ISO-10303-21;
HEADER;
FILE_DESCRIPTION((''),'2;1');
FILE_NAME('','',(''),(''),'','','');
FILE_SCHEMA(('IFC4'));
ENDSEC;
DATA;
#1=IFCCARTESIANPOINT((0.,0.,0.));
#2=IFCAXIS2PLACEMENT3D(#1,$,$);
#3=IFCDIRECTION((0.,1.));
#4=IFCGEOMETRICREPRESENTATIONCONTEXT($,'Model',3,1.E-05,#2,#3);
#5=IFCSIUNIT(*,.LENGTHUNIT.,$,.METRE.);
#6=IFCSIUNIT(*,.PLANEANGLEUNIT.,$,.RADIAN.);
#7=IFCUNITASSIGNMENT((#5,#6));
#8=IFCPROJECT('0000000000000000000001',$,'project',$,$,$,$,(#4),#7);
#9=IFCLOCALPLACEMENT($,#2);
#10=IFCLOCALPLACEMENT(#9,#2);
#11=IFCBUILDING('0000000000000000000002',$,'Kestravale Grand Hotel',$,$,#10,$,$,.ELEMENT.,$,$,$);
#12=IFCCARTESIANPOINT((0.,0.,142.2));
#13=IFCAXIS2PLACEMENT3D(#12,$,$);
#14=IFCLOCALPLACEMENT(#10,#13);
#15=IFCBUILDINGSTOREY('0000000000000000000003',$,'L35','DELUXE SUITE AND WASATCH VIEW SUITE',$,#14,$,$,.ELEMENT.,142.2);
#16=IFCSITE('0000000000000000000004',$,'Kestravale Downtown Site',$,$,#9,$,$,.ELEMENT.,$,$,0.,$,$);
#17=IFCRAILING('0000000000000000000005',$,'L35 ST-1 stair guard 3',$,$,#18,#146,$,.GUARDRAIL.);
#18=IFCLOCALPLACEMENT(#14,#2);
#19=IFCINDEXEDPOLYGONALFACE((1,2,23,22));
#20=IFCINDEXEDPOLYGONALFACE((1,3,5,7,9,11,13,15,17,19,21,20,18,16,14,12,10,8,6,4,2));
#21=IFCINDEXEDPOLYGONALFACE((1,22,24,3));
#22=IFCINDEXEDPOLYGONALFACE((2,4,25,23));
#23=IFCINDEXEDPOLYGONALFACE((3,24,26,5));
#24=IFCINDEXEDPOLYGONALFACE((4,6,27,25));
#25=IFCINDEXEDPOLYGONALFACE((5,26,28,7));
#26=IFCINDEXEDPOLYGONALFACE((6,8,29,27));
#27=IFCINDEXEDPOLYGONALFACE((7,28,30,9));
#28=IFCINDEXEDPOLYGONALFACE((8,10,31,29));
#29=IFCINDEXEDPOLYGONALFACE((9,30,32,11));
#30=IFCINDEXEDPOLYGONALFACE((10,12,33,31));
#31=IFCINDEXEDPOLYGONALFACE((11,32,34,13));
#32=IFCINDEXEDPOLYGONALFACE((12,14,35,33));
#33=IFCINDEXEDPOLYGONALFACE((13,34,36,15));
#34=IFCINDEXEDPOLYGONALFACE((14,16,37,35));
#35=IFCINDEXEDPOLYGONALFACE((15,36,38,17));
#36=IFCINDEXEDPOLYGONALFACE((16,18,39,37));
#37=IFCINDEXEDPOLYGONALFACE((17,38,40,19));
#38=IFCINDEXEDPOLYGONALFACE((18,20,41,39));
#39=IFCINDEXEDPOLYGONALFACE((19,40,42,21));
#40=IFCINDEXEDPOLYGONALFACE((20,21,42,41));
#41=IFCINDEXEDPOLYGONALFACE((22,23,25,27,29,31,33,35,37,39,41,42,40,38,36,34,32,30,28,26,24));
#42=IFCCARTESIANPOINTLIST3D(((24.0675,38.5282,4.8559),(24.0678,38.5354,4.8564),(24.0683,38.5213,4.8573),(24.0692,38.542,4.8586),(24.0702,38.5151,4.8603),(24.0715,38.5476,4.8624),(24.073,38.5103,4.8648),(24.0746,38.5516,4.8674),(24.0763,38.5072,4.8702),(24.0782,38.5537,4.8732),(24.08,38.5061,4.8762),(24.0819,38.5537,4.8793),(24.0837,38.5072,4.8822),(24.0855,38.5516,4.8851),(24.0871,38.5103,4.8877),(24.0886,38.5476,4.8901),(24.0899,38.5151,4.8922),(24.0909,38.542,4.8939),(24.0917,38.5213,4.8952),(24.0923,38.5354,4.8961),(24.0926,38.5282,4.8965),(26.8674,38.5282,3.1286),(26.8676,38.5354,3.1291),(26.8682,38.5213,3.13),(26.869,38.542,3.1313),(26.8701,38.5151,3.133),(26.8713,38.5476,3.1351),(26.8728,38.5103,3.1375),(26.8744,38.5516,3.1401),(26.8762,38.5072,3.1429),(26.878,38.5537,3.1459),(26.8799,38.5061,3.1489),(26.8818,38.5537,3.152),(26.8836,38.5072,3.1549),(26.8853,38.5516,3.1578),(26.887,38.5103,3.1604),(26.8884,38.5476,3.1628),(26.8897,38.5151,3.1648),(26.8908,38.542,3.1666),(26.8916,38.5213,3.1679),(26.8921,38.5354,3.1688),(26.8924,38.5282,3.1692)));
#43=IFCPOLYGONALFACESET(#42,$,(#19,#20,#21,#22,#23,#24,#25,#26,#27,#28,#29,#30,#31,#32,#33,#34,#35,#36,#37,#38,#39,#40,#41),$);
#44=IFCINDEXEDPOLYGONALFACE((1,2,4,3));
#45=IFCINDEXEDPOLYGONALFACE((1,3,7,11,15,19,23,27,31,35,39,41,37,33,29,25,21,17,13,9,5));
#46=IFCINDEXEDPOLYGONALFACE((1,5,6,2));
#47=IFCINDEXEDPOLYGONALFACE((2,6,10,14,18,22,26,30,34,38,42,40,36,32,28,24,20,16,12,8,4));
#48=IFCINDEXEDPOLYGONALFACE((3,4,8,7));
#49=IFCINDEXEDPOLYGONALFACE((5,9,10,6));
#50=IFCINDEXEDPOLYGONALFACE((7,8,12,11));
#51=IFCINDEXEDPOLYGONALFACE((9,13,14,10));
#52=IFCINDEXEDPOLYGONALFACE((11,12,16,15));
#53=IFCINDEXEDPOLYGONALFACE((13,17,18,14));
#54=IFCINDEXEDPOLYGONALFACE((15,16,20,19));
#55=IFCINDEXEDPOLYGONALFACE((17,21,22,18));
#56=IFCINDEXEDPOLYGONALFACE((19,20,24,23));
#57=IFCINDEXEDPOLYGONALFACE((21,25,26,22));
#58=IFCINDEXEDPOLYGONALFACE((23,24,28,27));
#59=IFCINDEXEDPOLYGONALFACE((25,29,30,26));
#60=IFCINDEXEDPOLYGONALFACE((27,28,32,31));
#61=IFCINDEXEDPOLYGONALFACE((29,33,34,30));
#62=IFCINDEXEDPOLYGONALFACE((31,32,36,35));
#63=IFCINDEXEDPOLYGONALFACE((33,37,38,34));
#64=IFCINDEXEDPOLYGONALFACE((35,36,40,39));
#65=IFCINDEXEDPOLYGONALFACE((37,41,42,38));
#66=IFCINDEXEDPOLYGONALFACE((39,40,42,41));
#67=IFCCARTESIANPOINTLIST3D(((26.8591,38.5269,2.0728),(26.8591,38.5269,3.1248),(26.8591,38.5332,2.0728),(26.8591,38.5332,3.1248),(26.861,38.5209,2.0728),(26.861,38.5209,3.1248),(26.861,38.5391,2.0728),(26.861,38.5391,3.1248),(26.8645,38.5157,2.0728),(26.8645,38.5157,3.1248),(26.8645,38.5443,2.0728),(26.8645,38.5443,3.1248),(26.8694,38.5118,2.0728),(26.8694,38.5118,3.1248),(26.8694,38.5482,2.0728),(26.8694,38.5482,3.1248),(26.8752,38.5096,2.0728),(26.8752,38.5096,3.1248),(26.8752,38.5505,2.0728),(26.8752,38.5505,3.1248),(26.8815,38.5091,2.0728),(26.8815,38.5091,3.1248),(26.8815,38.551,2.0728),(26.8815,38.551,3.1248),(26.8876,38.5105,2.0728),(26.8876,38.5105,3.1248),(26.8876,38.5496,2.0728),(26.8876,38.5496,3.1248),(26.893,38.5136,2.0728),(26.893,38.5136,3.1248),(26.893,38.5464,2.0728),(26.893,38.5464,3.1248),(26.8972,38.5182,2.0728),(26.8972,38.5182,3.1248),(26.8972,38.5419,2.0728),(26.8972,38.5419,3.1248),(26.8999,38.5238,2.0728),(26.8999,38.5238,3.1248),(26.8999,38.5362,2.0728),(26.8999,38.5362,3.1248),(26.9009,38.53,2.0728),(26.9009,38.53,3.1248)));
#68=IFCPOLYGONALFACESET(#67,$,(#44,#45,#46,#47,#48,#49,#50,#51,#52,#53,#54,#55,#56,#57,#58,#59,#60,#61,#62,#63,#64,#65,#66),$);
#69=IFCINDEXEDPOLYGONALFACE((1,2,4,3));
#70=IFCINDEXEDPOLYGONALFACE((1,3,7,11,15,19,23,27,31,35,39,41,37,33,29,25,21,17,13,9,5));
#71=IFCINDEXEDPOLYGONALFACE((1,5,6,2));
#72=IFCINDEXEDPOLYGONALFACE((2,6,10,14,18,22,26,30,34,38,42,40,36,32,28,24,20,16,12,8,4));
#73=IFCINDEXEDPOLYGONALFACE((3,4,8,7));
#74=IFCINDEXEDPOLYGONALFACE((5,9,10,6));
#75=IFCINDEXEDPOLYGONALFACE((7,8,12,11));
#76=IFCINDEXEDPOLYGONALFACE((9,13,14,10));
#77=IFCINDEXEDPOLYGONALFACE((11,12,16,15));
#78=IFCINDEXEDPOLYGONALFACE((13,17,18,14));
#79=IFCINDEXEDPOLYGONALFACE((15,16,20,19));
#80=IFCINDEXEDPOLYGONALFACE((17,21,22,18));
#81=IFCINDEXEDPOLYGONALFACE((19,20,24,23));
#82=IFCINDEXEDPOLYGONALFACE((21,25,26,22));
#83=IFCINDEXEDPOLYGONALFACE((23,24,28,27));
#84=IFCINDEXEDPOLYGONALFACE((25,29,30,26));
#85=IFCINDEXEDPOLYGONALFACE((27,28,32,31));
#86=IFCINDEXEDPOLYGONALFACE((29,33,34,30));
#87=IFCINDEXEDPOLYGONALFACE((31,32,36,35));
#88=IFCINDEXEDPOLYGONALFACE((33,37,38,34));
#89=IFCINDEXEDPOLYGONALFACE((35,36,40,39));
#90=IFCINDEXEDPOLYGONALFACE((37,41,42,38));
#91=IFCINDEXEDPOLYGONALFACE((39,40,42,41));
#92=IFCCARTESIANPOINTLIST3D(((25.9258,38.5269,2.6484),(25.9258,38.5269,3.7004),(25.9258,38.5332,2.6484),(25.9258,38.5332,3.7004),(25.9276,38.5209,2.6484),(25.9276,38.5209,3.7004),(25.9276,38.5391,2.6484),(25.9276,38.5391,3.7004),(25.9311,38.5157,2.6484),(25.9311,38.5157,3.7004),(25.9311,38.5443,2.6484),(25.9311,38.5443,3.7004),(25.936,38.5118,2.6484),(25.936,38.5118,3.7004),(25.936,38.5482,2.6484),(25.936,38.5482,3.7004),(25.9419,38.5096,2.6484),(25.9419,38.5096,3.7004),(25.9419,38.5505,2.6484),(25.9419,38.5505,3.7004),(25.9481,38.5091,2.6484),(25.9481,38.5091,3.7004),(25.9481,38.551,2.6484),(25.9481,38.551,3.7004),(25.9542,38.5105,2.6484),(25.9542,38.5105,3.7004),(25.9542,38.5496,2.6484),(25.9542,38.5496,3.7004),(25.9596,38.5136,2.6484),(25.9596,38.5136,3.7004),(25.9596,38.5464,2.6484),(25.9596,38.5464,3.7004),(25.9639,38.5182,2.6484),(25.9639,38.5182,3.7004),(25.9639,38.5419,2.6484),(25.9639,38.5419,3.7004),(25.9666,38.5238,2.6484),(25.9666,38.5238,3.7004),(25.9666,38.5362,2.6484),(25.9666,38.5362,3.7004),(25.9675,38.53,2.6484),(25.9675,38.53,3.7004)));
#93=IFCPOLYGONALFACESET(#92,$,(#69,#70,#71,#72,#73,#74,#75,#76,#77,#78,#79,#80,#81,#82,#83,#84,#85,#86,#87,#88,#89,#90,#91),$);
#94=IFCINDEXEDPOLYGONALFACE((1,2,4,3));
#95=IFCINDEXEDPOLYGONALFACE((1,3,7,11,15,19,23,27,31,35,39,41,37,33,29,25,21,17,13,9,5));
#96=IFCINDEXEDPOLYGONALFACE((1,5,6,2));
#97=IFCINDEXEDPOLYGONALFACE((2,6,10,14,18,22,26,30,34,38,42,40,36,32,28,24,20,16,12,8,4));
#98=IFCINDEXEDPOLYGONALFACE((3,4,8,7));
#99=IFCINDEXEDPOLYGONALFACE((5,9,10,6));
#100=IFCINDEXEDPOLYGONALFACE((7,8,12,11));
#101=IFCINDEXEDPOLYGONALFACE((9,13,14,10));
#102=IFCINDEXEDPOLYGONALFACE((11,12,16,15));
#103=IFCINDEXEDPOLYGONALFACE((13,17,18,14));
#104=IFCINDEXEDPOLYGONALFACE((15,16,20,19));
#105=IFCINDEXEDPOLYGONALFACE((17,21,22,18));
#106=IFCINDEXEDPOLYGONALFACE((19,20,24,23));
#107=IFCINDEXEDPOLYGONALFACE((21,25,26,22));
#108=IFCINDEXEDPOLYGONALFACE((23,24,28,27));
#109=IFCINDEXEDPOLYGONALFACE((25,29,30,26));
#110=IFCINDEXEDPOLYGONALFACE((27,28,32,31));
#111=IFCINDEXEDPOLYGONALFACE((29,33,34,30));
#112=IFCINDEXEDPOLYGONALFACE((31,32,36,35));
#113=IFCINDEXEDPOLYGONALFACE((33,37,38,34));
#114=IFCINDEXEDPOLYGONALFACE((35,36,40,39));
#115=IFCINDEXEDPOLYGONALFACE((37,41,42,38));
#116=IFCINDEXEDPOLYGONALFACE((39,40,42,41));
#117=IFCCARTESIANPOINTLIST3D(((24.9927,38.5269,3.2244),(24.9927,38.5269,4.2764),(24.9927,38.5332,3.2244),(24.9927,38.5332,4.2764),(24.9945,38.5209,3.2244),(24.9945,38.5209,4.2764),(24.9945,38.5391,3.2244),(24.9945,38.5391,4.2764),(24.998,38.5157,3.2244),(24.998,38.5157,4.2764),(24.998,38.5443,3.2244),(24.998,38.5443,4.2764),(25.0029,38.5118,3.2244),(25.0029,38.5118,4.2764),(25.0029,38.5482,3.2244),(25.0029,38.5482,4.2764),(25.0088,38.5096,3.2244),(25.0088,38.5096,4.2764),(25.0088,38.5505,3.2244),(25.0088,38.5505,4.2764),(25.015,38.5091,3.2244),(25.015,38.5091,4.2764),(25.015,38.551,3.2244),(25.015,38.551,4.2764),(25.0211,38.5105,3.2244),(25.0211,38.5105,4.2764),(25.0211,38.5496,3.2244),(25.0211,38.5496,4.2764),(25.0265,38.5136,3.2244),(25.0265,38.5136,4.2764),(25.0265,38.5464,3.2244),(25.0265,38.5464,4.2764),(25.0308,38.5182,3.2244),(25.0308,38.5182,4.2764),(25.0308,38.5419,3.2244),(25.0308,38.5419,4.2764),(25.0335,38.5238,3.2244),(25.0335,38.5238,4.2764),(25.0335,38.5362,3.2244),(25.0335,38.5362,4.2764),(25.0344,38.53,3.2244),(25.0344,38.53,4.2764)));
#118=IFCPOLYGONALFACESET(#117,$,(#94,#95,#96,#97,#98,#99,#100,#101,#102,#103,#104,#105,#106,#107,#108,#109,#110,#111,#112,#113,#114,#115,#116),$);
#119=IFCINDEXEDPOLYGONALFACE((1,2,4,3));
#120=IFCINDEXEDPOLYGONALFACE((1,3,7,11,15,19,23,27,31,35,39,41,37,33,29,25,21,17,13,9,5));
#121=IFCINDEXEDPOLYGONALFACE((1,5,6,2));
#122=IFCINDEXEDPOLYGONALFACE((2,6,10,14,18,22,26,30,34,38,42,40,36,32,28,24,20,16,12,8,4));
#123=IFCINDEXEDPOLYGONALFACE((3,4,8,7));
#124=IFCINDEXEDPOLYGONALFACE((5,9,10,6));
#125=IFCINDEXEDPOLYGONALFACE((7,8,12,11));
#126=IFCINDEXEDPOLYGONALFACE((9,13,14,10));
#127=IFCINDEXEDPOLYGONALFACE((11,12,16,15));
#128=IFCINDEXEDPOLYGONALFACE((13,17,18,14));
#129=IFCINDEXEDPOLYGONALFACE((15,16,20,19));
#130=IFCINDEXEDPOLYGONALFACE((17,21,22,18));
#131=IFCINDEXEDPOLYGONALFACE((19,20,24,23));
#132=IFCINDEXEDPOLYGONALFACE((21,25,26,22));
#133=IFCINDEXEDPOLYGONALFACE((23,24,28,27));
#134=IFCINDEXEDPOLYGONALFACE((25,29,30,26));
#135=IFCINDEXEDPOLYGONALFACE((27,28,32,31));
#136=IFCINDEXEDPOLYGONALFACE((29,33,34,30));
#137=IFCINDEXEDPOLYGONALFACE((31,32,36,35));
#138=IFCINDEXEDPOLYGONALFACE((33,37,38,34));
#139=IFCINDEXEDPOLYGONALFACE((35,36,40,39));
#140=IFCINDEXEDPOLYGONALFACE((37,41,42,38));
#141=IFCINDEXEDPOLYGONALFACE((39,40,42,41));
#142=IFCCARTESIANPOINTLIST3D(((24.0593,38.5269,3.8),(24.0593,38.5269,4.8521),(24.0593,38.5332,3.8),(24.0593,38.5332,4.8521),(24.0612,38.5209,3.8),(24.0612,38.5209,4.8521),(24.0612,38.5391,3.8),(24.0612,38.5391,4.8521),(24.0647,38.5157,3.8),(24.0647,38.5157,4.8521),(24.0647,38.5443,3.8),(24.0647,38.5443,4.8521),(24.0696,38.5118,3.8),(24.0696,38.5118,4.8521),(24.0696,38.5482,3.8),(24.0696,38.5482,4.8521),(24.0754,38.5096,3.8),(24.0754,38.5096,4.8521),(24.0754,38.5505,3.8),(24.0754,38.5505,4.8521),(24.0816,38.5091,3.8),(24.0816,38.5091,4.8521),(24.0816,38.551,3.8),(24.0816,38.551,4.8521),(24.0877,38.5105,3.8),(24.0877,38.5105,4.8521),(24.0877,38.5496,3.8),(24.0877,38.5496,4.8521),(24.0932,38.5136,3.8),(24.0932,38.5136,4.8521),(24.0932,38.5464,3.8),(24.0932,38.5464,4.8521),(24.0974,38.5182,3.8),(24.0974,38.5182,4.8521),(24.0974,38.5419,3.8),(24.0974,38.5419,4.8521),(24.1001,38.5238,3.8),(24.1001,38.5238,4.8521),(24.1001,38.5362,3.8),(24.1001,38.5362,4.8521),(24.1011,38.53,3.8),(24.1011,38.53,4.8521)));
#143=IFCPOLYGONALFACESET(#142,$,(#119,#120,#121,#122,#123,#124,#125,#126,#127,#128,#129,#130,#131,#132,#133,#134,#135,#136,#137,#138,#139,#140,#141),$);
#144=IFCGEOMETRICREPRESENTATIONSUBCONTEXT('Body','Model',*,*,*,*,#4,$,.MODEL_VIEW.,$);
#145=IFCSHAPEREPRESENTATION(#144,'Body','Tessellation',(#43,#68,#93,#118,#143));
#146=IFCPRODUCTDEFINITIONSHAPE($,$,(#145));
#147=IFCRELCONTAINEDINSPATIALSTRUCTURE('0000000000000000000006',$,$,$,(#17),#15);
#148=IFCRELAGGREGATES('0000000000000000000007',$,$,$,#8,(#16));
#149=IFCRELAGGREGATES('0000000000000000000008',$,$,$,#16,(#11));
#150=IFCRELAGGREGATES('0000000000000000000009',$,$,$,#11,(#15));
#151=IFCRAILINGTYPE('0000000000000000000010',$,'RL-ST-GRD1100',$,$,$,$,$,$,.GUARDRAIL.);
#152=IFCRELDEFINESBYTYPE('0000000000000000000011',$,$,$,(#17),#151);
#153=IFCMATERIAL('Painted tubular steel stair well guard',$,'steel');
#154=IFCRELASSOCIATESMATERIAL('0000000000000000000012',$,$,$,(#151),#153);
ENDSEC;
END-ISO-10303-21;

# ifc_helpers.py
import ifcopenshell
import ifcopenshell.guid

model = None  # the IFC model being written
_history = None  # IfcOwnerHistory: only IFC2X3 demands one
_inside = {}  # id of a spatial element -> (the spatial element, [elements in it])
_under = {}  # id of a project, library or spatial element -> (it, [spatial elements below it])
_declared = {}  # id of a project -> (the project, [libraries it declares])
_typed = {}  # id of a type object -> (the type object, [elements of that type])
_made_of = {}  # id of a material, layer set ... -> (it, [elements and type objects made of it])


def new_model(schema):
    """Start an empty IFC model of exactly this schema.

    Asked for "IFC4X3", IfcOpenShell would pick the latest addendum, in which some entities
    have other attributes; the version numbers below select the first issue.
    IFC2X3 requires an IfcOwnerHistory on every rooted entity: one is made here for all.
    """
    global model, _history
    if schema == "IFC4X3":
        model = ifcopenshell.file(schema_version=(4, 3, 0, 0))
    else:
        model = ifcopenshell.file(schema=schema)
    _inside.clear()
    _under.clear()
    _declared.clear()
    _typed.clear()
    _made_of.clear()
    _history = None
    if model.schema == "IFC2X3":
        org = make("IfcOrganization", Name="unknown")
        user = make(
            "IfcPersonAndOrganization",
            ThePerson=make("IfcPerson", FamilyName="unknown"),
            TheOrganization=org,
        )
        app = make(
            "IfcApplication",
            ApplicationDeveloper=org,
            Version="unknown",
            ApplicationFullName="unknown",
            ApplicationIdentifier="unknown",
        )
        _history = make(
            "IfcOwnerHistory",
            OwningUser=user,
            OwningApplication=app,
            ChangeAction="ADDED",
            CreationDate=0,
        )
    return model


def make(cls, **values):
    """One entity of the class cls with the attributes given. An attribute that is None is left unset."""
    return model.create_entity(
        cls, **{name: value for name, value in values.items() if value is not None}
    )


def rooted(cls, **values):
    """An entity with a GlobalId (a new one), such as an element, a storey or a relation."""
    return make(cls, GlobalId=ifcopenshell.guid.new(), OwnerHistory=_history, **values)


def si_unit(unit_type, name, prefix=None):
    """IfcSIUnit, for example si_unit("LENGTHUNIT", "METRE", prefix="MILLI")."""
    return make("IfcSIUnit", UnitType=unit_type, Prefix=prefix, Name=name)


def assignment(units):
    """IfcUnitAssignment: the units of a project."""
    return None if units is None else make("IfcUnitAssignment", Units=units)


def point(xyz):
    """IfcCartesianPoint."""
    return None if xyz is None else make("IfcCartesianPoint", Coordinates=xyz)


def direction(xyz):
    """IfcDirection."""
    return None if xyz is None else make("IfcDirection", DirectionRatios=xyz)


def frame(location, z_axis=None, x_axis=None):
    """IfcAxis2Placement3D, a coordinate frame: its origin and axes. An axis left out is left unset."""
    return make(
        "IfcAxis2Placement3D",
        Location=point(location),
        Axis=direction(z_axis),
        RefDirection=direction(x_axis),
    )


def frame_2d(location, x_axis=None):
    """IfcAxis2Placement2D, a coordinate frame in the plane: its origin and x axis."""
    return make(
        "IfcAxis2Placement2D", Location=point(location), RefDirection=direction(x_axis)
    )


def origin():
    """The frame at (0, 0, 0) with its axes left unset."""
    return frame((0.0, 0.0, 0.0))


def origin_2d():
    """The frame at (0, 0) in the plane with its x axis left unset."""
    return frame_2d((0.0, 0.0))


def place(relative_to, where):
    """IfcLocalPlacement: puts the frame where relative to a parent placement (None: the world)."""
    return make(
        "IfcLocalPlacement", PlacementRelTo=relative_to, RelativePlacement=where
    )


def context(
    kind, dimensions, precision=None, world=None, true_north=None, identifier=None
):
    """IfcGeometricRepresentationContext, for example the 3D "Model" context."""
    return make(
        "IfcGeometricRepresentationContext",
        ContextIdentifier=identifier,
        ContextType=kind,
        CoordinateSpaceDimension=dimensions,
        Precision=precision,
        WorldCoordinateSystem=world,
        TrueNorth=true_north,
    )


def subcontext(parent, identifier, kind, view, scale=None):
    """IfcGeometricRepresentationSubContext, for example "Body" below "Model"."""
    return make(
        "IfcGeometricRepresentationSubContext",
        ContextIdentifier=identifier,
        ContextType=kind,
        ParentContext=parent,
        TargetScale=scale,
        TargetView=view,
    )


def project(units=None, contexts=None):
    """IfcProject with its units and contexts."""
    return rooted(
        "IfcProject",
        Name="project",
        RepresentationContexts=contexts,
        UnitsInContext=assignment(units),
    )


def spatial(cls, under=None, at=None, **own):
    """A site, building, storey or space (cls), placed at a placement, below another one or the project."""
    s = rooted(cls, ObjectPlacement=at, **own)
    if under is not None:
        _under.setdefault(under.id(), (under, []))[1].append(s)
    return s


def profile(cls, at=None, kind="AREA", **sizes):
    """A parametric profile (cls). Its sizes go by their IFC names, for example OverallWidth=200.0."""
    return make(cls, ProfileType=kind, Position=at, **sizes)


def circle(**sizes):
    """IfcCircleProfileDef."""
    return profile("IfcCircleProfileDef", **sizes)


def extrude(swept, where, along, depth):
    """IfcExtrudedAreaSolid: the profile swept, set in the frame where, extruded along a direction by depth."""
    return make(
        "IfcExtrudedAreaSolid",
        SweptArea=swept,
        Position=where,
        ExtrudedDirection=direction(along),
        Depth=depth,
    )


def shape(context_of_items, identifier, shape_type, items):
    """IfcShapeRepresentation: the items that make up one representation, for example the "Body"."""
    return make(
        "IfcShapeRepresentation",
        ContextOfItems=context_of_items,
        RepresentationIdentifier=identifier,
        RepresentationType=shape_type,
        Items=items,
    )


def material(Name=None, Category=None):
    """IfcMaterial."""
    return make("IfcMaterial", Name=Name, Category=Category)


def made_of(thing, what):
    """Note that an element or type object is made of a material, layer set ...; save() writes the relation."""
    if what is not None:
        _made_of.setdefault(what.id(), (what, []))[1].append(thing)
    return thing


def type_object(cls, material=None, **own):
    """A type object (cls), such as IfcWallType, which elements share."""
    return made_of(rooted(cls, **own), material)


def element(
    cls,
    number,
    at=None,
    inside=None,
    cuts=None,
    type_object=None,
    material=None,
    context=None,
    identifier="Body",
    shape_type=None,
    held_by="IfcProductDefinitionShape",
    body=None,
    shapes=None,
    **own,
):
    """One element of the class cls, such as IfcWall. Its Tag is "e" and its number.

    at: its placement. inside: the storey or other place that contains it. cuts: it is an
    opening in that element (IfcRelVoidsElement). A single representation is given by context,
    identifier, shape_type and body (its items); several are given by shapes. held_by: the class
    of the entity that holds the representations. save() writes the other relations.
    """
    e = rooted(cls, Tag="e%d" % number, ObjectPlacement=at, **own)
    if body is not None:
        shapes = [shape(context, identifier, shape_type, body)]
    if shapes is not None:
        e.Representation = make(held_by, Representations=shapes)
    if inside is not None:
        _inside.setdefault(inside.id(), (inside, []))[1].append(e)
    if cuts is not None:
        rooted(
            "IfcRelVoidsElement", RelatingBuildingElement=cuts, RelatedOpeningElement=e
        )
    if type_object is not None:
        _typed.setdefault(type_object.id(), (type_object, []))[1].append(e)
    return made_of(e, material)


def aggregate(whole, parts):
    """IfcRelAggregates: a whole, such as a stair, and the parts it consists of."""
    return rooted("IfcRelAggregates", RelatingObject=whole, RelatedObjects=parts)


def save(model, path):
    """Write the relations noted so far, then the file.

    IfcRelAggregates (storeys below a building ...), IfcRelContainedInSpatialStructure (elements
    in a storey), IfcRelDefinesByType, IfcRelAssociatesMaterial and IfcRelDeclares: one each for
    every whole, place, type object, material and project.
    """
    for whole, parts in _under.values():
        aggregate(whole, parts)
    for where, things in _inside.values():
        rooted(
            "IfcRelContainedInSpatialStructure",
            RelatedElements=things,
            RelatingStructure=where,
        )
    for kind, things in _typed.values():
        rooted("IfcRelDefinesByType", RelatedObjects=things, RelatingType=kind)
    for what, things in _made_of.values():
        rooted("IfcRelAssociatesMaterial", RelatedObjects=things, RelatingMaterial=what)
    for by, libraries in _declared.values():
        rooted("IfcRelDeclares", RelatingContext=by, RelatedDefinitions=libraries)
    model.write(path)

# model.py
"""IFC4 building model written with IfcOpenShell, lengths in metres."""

from ifc_helpers import new_model, si_unit, direction, frame, origin, origin_2d, place, context, subcontext, project, spatial, circle, extrude, material, type_object, element, save


model = new_model("IFC4")

# Units and contexts
model_context = context("Model", 3, precision=1e-05, world=origin(), true_north=direction((0.0, 1.0)))
body_context = subcontext(model_context, "Body", "Model", "MODEL_VIEW")
ifc_project = project(units=[si_unit("LENGTHUNIT", "METRE"), si_unit("PLANEANGLEUNIT", "RADIAN")], contexts=[model_context])

# Site, building, storey
site_placement = place(None, origin())
site = spatial("IfcSite", under=ifc_project, at=site_placement, Name="Kestravale Downtown Site", CompositionType="ELEMENT", RefElevation=0.0)
building_placement = place(site_placement, origin())
building = spatial("IfcBuilding", under=site, at=building_placement, Name="Kestravale Grand Hotel", CompositionType="ELEMENT")
storey_placement = place(building_placement, frame((0.0, 0.0, 142.2)))
storey = spatial("IfcBuildingStorey", under=building, at=storey_placement, Name="L35", Description="DELUXE SUITE AND WASATCH VIEW SUITE", CompositionType="ELEMENT", Elevation=142.2)

# Railing
ifc_material_1 = material(Name="Painted tubular steel stair well guard", Category="steel")
railing_type_1 = type_object("IfcRailingType", Name="RL-ST-GRD1100", PredefinedType="GUARDRAIL", material=ifc_material_1)
railing_1_placement = place(storey_placement, frame((26.8799, 38.53, 2.0728)))
element("IfcRailing", 1, at=railing_1_placement, inside=storey, type_object=railing_type_1, Name="L35 ST-1 stair guard 3", PredefinedType="GUARDRAIL", context=body_context, shape_type="SweptSolid", body=[
    extrude(circle(Radius=0.0239, at=origin_2d()), frame((0.0, 0.0, 1.0762), z_axis=(-0.851069, 0.0, 0.525054), x_axis=(0.0, -1.0, 0.0)), (0.0, 0.0, 1.0), 3.2898),
    extrude(circle(Radius=0.021, at=origin_2d()), origin(), (0.0, 0.0, 1.0), 1.052),
    extrude(circle(Radius=0.021, at=origin_2d()), frame((-0.9333, 0.0, 0.5757)), (0.0, 0.0, 1.0), 1.052),
    extrude(circle(Radius=0.021, at=origin_2d()), frame((-1.8665, 0.0, 1.1516)), (0.0, 0.0, 1.0), 1.052),
    extrude(circle(Radius=0.021, at=origin_2d()), frame((-2.7998, 0.0, 1.7273)), (0.0, 0.0, 1.0), 1.052),
])

save(model, "model.ifc")
